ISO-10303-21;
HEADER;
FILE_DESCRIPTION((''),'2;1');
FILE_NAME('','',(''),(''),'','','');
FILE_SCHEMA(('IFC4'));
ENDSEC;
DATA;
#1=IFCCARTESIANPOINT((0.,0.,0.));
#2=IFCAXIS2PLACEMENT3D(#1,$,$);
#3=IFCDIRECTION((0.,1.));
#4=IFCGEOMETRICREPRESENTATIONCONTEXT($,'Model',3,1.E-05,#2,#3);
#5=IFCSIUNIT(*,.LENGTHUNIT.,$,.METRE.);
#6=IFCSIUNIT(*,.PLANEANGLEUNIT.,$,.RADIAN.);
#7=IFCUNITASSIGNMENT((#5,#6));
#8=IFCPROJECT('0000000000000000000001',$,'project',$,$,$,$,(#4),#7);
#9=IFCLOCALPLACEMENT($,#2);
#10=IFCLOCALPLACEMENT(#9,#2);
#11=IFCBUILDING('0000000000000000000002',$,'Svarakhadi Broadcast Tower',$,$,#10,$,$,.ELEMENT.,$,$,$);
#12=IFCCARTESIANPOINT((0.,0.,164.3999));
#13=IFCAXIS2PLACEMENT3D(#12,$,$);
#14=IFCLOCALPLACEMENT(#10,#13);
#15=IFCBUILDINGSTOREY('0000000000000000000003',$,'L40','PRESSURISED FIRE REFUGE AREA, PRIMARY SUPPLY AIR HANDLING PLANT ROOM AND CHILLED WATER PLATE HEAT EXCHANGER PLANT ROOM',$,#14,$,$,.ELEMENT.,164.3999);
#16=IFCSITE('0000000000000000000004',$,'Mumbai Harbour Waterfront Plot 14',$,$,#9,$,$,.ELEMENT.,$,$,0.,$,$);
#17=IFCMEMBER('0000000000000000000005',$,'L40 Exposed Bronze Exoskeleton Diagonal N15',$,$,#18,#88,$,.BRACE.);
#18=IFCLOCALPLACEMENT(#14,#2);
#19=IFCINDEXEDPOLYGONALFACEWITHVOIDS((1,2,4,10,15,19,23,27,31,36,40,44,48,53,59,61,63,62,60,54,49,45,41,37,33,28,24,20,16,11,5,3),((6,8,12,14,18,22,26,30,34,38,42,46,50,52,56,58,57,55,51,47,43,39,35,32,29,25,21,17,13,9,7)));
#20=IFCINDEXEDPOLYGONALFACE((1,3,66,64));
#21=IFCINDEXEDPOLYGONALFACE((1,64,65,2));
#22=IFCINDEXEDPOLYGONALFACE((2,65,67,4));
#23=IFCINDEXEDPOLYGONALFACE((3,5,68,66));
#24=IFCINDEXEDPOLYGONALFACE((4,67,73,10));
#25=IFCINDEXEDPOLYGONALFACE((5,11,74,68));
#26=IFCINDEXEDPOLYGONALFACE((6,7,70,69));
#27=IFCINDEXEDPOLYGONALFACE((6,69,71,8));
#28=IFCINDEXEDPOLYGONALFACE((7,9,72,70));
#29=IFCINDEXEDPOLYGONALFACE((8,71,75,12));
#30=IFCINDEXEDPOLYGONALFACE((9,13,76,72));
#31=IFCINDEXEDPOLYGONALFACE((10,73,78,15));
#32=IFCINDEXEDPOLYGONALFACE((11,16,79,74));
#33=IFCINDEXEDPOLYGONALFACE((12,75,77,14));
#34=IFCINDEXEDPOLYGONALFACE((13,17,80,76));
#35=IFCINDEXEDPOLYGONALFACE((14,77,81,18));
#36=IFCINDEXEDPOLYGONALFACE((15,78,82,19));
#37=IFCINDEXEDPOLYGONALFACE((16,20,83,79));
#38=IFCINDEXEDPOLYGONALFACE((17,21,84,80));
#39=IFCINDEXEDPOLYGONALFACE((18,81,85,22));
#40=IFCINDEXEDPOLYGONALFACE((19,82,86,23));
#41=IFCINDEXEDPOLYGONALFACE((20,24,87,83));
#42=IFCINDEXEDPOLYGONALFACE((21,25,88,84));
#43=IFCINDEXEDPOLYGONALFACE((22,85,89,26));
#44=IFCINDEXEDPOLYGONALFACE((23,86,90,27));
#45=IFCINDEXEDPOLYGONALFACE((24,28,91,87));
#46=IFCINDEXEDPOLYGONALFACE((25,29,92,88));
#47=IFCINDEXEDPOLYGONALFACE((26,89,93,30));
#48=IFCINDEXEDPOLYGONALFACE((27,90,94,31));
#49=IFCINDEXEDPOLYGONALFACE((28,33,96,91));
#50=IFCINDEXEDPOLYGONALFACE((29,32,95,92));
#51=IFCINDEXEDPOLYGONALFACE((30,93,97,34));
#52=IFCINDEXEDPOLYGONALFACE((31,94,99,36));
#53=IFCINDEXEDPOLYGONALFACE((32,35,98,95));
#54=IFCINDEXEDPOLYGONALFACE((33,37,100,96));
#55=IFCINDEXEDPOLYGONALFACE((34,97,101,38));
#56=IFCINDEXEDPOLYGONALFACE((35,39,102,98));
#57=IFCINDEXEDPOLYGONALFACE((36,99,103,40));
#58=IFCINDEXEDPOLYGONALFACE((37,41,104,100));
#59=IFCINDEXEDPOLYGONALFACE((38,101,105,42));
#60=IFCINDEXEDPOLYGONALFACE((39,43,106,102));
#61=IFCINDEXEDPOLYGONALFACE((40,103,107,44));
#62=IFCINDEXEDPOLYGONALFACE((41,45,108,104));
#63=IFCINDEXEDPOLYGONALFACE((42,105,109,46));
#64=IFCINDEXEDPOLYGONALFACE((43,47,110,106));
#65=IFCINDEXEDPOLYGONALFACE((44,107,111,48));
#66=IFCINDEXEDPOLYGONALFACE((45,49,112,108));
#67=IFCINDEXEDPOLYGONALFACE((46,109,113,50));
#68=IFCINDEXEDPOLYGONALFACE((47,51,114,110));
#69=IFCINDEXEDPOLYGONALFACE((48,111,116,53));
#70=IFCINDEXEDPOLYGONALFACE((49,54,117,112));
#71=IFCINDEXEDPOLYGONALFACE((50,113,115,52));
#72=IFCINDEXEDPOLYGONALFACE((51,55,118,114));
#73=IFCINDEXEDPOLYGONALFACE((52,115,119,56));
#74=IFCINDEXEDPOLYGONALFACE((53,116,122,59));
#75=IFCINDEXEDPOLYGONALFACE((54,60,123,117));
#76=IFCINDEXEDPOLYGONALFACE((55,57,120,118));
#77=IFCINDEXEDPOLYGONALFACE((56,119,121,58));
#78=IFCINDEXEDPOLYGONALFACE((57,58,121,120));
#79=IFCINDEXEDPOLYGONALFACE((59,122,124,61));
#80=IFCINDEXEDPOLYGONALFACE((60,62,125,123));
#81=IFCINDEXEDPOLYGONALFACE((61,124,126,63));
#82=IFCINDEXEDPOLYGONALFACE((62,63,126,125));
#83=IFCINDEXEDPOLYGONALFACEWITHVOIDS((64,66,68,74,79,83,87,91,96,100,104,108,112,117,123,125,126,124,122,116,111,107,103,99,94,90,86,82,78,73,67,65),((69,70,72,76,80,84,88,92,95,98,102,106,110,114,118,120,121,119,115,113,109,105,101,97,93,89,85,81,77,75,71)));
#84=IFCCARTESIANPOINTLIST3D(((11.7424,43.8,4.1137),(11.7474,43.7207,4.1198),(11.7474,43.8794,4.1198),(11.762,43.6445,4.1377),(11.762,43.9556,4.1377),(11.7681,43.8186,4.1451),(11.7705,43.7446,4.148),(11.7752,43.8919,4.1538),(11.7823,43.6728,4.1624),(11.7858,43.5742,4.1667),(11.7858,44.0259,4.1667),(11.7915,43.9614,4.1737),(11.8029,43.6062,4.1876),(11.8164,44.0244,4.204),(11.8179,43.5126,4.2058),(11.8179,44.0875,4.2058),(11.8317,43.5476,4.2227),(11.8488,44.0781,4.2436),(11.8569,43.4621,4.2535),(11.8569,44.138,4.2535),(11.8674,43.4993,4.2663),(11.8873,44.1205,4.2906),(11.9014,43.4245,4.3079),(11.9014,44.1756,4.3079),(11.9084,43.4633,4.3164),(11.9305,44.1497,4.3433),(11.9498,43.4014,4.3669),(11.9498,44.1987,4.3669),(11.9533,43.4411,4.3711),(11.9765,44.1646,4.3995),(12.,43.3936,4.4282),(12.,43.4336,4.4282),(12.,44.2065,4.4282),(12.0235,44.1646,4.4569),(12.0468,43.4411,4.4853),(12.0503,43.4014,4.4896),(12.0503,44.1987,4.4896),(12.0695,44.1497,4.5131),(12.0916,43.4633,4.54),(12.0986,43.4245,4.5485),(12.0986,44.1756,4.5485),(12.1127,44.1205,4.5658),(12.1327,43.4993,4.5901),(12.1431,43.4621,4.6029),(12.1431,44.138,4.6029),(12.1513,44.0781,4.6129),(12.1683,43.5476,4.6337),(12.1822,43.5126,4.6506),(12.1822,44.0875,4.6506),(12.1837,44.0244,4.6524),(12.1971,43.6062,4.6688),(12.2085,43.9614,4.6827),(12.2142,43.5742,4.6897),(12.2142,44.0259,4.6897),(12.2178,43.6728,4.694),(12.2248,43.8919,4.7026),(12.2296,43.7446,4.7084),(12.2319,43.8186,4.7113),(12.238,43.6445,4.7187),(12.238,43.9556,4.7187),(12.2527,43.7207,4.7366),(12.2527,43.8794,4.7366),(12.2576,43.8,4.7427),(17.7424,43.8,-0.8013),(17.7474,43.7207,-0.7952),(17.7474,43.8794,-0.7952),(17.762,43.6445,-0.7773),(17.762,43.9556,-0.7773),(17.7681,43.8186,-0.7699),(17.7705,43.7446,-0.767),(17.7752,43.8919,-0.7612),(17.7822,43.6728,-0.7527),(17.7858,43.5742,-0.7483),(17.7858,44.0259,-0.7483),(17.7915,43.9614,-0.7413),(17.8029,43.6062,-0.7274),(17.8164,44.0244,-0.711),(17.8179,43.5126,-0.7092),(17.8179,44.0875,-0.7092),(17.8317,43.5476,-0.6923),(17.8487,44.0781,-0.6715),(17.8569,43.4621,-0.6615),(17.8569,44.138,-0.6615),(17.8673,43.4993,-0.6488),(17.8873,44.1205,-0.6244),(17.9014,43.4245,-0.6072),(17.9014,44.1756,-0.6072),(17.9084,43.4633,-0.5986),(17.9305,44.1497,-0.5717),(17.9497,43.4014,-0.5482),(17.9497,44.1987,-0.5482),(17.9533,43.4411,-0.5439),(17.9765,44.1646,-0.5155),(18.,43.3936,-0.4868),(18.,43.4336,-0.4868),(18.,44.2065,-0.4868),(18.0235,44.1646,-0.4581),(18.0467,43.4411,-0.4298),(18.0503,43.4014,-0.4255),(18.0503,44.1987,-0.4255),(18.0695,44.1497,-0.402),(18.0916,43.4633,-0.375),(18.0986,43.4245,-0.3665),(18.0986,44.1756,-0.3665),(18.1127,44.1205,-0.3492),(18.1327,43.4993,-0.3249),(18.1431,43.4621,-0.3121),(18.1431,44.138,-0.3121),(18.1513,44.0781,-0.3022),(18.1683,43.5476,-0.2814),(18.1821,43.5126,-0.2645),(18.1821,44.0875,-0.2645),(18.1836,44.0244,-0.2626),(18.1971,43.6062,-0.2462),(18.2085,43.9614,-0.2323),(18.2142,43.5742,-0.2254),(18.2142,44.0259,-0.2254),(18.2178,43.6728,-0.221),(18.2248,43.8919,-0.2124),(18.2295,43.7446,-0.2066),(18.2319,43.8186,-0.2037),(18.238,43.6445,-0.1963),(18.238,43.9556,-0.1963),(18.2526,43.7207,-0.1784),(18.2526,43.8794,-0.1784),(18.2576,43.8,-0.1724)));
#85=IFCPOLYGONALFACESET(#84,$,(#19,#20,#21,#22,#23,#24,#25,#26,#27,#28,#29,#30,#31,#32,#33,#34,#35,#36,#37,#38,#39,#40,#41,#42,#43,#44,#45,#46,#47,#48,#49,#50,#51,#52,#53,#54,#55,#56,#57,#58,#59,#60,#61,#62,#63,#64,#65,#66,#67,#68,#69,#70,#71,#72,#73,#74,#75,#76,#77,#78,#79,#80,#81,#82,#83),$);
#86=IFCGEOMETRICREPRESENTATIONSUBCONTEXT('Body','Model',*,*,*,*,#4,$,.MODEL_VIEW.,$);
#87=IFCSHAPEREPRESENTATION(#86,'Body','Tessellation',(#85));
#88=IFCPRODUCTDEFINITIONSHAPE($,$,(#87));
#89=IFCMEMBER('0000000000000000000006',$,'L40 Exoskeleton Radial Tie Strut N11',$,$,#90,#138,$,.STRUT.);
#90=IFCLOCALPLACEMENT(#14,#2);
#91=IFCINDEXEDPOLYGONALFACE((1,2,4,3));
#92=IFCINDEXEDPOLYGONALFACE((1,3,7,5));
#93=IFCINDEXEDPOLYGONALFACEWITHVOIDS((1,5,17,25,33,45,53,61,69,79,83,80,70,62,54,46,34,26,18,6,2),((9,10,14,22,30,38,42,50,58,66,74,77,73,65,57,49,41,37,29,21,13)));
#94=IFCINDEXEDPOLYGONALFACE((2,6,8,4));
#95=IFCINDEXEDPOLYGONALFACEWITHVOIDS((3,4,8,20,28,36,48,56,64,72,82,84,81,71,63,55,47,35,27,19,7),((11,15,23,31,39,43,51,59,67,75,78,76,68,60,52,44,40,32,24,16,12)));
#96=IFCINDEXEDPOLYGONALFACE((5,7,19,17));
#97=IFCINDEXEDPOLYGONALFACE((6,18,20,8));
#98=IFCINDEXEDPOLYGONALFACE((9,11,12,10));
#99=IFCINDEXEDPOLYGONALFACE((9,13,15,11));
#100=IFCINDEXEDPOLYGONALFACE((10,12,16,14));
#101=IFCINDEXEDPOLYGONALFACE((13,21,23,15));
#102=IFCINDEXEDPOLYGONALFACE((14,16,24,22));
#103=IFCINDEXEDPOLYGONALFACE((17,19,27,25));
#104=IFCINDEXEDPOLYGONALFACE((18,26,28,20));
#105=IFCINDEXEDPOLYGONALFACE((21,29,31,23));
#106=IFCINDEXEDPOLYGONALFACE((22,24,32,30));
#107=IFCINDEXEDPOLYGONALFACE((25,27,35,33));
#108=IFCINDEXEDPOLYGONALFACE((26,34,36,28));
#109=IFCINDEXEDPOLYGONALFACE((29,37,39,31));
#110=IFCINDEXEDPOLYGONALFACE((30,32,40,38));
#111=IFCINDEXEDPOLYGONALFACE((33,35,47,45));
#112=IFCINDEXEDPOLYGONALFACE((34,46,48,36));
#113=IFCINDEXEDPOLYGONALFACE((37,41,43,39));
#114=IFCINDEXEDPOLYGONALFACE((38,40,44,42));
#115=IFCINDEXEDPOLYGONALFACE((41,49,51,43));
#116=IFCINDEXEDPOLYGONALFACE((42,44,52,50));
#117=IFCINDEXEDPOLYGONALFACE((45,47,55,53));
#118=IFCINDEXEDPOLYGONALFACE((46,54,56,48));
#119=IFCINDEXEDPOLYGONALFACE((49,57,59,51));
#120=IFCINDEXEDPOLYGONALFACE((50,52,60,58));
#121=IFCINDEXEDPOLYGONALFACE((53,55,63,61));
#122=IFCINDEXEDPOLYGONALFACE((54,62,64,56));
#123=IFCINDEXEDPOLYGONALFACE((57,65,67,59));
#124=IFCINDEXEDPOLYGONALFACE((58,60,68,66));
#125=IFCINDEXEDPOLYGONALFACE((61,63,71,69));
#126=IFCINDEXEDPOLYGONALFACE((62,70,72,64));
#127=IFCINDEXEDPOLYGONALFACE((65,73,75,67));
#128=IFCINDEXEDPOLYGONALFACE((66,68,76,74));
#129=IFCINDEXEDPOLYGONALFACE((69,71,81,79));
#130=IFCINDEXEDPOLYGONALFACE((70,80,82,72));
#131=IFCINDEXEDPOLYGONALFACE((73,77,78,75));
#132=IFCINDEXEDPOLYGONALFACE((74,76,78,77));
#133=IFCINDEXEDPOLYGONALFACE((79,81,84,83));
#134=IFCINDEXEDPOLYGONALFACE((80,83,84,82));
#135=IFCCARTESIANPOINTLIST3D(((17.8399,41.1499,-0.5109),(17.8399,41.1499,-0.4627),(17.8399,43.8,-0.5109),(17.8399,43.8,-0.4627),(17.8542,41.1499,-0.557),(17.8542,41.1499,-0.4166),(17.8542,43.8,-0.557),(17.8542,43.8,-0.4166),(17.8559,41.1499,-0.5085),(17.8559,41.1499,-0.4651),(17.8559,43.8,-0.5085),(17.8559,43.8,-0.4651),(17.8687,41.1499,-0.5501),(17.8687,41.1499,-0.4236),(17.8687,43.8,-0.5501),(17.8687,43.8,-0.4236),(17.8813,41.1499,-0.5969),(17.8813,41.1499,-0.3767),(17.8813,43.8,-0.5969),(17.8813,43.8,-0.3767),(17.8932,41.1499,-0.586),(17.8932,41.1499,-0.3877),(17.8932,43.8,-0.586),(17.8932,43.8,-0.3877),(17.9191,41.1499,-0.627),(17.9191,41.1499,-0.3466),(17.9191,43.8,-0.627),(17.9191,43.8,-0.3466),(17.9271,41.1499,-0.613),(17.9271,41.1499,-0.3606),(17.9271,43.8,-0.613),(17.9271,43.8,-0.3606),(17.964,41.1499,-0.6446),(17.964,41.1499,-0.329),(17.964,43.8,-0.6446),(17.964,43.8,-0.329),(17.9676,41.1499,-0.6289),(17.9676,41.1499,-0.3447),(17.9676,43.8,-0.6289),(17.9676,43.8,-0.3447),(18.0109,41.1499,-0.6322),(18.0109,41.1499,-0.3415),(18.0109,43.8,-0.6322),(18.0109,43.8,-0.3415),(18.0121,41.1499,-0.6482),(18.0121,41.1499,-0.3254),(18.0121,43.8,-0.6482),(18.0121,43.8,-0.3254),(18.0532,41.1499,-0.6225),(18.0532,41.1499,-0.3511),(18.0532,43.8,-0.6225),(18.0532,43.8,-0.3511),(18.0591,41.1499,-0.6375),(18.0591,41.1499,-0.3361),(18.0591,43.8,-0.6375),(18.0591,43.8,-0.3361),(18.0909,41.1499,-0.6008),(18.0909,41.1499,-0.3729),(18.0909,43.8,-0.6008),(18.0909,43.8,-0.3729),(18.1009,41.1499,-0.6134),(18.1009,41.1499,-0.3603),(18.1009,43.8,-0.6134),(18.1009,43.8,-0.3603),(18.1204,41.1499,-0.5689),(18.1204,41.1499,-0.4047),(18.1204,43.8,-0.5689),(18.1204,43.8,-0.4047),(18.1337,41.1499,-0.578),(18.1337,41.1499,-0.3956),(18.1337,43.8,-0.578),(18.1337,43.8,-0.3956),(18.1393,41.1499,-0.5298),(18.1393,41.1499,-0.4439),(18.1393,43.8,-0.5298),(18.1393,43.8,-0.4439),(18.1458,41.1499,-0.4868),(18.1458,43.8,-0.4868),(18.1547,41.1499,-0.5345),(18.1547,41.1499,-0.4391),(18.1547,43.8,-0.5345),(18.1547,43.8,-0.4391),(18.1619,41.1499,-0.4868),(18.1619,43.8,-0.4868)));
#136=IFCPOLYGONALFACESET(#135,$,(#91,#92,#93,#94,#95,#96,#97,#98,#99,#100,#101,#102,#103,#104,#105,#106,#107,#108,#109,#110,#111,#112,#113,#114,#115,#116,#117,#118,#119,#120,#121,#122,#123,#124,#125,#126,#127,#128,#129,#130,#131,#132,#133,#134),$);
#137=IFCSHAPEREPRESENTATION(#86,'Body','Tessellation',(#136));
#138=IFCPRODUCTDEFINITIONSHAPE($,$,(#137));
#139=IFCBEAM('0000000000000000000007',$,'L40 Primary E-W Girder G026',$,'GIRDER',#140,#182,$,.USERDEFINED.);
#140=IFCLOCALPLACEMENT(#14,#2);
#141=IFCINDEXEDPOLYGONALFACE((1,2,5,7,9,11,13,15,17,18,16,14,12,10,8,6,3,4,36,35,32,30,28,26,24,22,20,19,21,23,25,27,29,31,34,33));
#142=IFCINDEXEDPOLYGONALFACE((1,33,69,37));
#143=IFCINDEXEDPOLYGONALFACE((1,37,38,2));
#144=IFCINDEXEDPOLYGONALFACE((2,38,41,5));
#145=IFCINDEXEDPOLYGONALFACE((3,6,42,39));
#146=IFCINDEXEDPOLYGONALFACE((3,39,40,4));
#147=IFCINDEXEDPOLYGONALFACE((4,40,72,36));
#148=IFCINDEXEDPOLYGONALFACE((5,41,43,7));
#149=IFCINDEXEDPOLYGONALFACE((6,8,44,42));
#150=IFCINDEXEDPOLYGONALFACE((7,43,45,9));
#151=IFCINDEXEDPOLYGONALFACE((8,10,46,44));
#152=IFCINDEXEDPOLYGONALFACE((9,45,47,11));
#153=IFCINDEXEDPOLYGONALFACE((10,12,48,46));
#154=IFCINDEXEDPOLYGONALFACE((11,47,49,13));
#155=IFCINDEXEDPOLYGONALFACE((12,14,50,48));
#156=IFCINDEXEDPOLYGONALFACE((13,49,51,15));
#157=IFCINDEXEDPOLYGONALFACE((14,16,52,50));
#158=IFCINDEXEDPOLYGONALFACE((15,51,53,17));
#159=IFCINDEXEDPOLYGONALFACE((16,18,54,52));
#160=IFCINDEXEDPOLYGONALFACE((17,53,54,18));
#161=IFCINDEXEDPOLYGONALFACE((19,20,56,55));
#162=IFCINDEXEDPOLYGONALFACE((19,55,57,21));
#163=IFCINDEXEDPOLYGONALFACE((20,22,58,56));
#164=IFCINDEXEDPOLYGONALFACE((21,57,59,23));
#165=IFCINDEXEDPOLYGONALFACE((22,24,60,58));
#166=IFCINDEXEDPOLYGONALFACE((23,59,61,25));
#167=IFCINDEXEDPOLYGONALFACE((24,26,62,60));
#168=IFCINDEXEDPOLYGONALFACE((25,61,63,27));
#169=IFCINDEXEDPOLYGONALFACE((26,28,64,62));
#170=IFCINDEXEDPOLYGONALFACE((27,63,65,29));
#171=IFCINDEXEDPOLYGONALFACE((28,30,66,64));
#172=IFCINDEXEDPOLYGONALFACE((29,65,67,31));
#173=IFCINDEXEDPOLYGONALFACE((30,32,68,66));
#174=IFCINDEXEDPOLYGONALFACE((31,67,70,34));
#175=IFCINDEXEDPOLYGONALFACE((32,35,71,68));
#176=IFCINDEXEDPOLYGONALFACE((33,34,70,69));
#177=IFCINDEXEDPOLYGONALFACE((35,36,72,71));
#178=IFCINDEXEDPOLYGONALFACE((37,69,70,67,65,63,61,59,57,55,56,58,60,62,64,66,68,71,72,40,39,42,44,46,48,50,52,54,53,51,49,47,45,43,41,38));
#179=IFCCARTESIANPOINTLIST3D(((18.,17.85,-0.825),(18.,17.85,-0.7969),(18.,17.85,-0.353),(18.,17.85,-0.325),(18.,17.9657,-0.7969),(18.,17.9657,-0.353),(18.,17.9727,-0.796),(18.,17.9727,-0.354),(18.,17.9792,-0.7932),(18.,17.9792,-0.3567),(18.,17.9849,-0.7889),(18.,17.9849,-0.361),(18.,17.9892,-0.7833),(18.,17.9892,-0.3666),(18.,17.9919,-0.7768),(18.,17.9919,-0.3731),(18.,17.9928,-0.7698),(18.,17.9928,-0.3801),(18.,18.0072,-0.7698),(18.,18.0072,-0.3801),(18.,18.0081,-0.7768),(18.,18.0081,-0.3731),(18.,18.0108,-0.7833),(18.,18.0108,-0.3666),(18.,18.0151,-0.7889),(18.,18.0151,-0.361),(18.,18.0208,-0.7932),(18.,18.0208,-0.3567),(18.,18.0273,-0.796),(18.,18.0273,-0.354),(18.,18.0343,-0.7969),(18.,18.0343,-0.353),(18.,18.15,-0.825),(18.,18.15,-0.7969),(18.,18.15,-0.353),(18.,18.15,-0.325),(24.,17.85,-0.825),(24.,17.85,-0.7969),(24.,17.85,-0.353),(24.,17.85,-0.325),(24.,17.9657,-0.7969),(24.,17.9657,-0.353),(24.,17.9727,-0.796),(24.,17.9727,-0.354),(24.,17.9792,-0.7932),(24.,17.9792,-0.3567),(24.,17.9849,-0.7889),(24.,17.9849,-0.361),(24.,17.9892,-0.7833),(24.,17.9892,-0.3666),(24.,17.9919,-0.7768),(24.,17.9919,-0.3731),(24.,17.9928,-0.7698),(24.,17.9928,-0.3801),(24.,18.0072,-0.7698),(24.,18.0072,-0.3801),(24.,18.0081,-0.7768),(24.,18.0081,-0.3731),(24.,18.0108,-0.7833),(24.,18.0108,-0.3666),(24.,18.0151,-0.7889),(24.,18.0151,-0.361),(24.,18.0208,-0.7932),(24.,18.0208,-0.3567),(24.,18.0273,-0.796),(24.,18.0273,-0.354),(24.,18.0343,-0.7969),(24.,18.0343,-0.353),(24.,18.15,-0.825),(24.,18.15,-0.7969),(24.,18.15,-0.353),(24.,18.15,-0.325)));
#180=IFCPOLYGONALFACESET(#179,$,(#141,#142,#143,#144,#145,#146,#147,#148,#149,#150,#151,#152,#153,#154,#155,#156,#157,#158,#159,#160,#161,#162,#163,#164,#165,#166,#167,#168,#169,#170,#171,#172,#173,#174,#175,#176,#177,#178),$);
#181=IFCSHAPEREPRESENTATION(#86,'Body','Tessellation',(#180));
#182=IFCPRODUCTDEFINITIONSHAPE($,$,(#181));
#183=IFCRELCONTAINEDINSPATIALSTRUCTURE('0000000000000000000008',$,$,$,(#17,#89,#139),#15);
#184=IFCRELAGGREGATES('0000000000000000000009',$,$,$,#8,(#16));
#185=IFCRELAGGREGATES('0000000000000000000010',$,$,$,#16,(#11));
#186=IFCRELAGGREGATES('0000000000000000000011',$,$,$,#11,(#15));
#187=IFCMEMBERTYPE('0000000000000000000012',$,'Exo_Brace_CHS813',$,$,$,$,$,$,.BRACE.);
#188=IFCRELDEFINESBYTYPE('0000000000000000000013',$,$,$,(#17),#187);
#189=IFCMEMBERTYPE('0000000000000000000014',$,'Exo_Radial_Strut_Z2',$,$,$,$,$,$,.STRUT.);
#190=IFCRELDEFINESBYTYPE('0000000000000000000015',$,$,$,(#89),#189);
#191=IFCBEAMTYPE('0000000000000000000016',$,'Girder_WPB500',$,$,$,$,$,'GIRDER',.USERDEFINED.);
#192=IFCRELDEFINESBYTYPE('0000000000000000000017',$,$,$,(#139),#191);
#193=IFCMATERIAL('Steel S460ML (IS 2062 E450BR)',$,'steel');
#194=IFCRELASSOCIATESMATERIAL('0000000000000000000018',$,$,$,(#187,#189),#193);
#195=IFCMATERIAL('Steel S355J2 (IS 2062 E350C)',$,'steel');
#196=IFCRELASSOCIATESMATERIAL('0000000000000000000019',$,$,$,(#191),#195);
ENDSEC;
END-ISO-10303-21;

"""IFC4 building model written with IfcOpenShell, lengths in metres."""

from ifc_helpers import new_model, si_unit, direction, frame, origin, origin_2d, place, context, subcontext, project, spatial, hollow_circle, i_section, extrude, material, material_profile, profile_set, type_object, element, save


model = new_model("IFC4")

# Units and contexts
model_context = context("Model", 3, precision=1e-05, world=origin(), true_north=direction((0.0, 1.0)))
body_context = subcontext(model_context, "Body", "Model", "MODEL_VIEW")
ifc_project = project(units=[si_unit("LENGTHUNIT", "METRE"), si_unit("PLANEANGLEUNIT", "RADIAN")], contexts=[model_context])

# Site, building, storey
site_placement = place(None, origin())
site = spatial("IfcSite", under=ifc_project, at=site_placement, Name="Mumbai Harbour Waterfront Plot 14", CompositionType="ELEMENT", RefElevation=0.0)
building_placement = place(site_placement, origin())
building = spatial("IfcBuilding", under=site, at=building_placement, Name="Svarakhadi Broadcast Tower", CompositionType="ELEMENT")
storey_placement = place(building_placement, frame((0.0, 0.0, 164.3999)))
storey = spatial("IfcBuildingStorey", under=building, at=storey_placement, Name="L40", Description="PRESSURISED FIRE REFUGE AREA, PRIMARY SUPPLY AIR HANDLING PLANT ROOM AND CHILLED WATER PLATE HEAT EXCHANGER PLANT ROOM", CompositionType="ELEMENT", Elevation=164.3999)

# Shared definitions
ifc_material_1 = material(Name="Steel S460ML (IS 2062 E450BR)", Category="steel")

# Members
ifc_material_profile_1 = material_profile(ifc_material_1, hollow_circle(Radius=0.4065, WallThickness=0.04, at=origin_2d()), Name="CHS 813x40")
ifc_profile_set_1 = profile_set([ifc_material_profile_1], Name="Steel S460ML (IS 2062 E450BR)")
member_type_1 = type_object("IfcMemberType", Name="Exo_Brace_CHS813", PredefinedType="BRACE", material=ifc_profile_set_1)
member_1_placement = place(storey_placement, frame((18.0, 43.8, -0.4868), z_axis=(-0.773581, 0.0, 0.633697), x_axis=(0.0, -1.0, 0.0)))
element("IfcMember", 1, at=member_1_placement, inside=storey, type_object=member_type_1, Name="L40 Exposed Bronze Exoskeleton Diagonal N15", PredefinedType="BRACE", context=body_context, shape_type="SweptSolid", body=[
    extrude(hollow_circle(Radius=0.4065, WallThickness=0.04, at=origin_2d()), origin(), (0.0, 0.0, 1.0), 7.7561),
])
ifc_material_profile_2 = material_profile(ifc_material_1, hollow_circle(Radius=0.1619, WallThickness=0.0161, at=origin_2d()), Name="CHS 323.9x16")
ifc_profile_set_2 = profile_set([ifc_material_profile_2], Name="Steel S460ML (IS 2062 E450BR)")
member_type_2 = type_object("IfcMemberType", Name="Exo_Radial_Strut_Z2", PredefinedType="STRUT", material=ifc_profile_set_2)
member_2_placement = place(storey_placement, frame((18.0, 43.8, -0.4868), z_axis=(0.0, -1.0, 0.0), x_axis=(1.0, 0.0, 0.0)))
element("IfcMember", 2, at=member_2_placement, inside=storey, type_object=member_type_2, Name="L40 Exoskeleton Radial Tie Strut N11", PredefinedType="STRUT", context=body_context, shape_type="SweptSolid", body=[
    extrude(hollow_circle(Radius=0.1619, WallThickness=0.0161, at=origin_2d()), origin(), (0.0, 0.0, 1.0), 2.6501),
])

# Beam
ifc_material_2 = material(Name="Steel S355J2 (IS 2062 E350C)", Category="steel")
ifc_material_profile_3 = material_profile(ifc_material_2, i_section(OverallWidth=0.3, OverallDepth=0.5, WebThickness=0.0144, FlangeThickness=0.0281, FilletRadius=0.0271, at=origin_2d()), Name="WPB 500x300x187")
ifc_profile_set_3 = profile_set([ifc_material_profile_3], Name="Steel S355J2 (IS 2062 E350C)")
beam_type_1 = type_object("IfcBeamType", Name="Girder_WPB500", ElementType="GIRDER", PredefinedType="USERDEFINED", material=ifc_profile_set_3)
for number, where, z_axis, x_axis, name in (
    (3, (18.0, 18.0, -0.575), (1.0, 0.0, 0.0), (0.0, 1.0, 0.0), "L40 Primary E-W Girder G026"),
):
    element("IfcBeam", number, at=place(storey_placement, frame(where, z_axis=z_axis, x_axis=x_axis)), inside=storey, type_object=beam_type_1, Name=name, ObjectType="GIRDER", PredefinedType="USERDEFINED", context=body_context, shape_type="SweptSolid", body=[
        extrude(i_section(OverallWidth=0.3, OverallDepth=0.5, WebThickness=0.0144, FlangeThickness=0.0281, FilletRadius=0.0271, at=origin_2d()), origin(), (0.0, 0.0, 1.0), 6.0),
    ])

save(model, "model.ifc")
